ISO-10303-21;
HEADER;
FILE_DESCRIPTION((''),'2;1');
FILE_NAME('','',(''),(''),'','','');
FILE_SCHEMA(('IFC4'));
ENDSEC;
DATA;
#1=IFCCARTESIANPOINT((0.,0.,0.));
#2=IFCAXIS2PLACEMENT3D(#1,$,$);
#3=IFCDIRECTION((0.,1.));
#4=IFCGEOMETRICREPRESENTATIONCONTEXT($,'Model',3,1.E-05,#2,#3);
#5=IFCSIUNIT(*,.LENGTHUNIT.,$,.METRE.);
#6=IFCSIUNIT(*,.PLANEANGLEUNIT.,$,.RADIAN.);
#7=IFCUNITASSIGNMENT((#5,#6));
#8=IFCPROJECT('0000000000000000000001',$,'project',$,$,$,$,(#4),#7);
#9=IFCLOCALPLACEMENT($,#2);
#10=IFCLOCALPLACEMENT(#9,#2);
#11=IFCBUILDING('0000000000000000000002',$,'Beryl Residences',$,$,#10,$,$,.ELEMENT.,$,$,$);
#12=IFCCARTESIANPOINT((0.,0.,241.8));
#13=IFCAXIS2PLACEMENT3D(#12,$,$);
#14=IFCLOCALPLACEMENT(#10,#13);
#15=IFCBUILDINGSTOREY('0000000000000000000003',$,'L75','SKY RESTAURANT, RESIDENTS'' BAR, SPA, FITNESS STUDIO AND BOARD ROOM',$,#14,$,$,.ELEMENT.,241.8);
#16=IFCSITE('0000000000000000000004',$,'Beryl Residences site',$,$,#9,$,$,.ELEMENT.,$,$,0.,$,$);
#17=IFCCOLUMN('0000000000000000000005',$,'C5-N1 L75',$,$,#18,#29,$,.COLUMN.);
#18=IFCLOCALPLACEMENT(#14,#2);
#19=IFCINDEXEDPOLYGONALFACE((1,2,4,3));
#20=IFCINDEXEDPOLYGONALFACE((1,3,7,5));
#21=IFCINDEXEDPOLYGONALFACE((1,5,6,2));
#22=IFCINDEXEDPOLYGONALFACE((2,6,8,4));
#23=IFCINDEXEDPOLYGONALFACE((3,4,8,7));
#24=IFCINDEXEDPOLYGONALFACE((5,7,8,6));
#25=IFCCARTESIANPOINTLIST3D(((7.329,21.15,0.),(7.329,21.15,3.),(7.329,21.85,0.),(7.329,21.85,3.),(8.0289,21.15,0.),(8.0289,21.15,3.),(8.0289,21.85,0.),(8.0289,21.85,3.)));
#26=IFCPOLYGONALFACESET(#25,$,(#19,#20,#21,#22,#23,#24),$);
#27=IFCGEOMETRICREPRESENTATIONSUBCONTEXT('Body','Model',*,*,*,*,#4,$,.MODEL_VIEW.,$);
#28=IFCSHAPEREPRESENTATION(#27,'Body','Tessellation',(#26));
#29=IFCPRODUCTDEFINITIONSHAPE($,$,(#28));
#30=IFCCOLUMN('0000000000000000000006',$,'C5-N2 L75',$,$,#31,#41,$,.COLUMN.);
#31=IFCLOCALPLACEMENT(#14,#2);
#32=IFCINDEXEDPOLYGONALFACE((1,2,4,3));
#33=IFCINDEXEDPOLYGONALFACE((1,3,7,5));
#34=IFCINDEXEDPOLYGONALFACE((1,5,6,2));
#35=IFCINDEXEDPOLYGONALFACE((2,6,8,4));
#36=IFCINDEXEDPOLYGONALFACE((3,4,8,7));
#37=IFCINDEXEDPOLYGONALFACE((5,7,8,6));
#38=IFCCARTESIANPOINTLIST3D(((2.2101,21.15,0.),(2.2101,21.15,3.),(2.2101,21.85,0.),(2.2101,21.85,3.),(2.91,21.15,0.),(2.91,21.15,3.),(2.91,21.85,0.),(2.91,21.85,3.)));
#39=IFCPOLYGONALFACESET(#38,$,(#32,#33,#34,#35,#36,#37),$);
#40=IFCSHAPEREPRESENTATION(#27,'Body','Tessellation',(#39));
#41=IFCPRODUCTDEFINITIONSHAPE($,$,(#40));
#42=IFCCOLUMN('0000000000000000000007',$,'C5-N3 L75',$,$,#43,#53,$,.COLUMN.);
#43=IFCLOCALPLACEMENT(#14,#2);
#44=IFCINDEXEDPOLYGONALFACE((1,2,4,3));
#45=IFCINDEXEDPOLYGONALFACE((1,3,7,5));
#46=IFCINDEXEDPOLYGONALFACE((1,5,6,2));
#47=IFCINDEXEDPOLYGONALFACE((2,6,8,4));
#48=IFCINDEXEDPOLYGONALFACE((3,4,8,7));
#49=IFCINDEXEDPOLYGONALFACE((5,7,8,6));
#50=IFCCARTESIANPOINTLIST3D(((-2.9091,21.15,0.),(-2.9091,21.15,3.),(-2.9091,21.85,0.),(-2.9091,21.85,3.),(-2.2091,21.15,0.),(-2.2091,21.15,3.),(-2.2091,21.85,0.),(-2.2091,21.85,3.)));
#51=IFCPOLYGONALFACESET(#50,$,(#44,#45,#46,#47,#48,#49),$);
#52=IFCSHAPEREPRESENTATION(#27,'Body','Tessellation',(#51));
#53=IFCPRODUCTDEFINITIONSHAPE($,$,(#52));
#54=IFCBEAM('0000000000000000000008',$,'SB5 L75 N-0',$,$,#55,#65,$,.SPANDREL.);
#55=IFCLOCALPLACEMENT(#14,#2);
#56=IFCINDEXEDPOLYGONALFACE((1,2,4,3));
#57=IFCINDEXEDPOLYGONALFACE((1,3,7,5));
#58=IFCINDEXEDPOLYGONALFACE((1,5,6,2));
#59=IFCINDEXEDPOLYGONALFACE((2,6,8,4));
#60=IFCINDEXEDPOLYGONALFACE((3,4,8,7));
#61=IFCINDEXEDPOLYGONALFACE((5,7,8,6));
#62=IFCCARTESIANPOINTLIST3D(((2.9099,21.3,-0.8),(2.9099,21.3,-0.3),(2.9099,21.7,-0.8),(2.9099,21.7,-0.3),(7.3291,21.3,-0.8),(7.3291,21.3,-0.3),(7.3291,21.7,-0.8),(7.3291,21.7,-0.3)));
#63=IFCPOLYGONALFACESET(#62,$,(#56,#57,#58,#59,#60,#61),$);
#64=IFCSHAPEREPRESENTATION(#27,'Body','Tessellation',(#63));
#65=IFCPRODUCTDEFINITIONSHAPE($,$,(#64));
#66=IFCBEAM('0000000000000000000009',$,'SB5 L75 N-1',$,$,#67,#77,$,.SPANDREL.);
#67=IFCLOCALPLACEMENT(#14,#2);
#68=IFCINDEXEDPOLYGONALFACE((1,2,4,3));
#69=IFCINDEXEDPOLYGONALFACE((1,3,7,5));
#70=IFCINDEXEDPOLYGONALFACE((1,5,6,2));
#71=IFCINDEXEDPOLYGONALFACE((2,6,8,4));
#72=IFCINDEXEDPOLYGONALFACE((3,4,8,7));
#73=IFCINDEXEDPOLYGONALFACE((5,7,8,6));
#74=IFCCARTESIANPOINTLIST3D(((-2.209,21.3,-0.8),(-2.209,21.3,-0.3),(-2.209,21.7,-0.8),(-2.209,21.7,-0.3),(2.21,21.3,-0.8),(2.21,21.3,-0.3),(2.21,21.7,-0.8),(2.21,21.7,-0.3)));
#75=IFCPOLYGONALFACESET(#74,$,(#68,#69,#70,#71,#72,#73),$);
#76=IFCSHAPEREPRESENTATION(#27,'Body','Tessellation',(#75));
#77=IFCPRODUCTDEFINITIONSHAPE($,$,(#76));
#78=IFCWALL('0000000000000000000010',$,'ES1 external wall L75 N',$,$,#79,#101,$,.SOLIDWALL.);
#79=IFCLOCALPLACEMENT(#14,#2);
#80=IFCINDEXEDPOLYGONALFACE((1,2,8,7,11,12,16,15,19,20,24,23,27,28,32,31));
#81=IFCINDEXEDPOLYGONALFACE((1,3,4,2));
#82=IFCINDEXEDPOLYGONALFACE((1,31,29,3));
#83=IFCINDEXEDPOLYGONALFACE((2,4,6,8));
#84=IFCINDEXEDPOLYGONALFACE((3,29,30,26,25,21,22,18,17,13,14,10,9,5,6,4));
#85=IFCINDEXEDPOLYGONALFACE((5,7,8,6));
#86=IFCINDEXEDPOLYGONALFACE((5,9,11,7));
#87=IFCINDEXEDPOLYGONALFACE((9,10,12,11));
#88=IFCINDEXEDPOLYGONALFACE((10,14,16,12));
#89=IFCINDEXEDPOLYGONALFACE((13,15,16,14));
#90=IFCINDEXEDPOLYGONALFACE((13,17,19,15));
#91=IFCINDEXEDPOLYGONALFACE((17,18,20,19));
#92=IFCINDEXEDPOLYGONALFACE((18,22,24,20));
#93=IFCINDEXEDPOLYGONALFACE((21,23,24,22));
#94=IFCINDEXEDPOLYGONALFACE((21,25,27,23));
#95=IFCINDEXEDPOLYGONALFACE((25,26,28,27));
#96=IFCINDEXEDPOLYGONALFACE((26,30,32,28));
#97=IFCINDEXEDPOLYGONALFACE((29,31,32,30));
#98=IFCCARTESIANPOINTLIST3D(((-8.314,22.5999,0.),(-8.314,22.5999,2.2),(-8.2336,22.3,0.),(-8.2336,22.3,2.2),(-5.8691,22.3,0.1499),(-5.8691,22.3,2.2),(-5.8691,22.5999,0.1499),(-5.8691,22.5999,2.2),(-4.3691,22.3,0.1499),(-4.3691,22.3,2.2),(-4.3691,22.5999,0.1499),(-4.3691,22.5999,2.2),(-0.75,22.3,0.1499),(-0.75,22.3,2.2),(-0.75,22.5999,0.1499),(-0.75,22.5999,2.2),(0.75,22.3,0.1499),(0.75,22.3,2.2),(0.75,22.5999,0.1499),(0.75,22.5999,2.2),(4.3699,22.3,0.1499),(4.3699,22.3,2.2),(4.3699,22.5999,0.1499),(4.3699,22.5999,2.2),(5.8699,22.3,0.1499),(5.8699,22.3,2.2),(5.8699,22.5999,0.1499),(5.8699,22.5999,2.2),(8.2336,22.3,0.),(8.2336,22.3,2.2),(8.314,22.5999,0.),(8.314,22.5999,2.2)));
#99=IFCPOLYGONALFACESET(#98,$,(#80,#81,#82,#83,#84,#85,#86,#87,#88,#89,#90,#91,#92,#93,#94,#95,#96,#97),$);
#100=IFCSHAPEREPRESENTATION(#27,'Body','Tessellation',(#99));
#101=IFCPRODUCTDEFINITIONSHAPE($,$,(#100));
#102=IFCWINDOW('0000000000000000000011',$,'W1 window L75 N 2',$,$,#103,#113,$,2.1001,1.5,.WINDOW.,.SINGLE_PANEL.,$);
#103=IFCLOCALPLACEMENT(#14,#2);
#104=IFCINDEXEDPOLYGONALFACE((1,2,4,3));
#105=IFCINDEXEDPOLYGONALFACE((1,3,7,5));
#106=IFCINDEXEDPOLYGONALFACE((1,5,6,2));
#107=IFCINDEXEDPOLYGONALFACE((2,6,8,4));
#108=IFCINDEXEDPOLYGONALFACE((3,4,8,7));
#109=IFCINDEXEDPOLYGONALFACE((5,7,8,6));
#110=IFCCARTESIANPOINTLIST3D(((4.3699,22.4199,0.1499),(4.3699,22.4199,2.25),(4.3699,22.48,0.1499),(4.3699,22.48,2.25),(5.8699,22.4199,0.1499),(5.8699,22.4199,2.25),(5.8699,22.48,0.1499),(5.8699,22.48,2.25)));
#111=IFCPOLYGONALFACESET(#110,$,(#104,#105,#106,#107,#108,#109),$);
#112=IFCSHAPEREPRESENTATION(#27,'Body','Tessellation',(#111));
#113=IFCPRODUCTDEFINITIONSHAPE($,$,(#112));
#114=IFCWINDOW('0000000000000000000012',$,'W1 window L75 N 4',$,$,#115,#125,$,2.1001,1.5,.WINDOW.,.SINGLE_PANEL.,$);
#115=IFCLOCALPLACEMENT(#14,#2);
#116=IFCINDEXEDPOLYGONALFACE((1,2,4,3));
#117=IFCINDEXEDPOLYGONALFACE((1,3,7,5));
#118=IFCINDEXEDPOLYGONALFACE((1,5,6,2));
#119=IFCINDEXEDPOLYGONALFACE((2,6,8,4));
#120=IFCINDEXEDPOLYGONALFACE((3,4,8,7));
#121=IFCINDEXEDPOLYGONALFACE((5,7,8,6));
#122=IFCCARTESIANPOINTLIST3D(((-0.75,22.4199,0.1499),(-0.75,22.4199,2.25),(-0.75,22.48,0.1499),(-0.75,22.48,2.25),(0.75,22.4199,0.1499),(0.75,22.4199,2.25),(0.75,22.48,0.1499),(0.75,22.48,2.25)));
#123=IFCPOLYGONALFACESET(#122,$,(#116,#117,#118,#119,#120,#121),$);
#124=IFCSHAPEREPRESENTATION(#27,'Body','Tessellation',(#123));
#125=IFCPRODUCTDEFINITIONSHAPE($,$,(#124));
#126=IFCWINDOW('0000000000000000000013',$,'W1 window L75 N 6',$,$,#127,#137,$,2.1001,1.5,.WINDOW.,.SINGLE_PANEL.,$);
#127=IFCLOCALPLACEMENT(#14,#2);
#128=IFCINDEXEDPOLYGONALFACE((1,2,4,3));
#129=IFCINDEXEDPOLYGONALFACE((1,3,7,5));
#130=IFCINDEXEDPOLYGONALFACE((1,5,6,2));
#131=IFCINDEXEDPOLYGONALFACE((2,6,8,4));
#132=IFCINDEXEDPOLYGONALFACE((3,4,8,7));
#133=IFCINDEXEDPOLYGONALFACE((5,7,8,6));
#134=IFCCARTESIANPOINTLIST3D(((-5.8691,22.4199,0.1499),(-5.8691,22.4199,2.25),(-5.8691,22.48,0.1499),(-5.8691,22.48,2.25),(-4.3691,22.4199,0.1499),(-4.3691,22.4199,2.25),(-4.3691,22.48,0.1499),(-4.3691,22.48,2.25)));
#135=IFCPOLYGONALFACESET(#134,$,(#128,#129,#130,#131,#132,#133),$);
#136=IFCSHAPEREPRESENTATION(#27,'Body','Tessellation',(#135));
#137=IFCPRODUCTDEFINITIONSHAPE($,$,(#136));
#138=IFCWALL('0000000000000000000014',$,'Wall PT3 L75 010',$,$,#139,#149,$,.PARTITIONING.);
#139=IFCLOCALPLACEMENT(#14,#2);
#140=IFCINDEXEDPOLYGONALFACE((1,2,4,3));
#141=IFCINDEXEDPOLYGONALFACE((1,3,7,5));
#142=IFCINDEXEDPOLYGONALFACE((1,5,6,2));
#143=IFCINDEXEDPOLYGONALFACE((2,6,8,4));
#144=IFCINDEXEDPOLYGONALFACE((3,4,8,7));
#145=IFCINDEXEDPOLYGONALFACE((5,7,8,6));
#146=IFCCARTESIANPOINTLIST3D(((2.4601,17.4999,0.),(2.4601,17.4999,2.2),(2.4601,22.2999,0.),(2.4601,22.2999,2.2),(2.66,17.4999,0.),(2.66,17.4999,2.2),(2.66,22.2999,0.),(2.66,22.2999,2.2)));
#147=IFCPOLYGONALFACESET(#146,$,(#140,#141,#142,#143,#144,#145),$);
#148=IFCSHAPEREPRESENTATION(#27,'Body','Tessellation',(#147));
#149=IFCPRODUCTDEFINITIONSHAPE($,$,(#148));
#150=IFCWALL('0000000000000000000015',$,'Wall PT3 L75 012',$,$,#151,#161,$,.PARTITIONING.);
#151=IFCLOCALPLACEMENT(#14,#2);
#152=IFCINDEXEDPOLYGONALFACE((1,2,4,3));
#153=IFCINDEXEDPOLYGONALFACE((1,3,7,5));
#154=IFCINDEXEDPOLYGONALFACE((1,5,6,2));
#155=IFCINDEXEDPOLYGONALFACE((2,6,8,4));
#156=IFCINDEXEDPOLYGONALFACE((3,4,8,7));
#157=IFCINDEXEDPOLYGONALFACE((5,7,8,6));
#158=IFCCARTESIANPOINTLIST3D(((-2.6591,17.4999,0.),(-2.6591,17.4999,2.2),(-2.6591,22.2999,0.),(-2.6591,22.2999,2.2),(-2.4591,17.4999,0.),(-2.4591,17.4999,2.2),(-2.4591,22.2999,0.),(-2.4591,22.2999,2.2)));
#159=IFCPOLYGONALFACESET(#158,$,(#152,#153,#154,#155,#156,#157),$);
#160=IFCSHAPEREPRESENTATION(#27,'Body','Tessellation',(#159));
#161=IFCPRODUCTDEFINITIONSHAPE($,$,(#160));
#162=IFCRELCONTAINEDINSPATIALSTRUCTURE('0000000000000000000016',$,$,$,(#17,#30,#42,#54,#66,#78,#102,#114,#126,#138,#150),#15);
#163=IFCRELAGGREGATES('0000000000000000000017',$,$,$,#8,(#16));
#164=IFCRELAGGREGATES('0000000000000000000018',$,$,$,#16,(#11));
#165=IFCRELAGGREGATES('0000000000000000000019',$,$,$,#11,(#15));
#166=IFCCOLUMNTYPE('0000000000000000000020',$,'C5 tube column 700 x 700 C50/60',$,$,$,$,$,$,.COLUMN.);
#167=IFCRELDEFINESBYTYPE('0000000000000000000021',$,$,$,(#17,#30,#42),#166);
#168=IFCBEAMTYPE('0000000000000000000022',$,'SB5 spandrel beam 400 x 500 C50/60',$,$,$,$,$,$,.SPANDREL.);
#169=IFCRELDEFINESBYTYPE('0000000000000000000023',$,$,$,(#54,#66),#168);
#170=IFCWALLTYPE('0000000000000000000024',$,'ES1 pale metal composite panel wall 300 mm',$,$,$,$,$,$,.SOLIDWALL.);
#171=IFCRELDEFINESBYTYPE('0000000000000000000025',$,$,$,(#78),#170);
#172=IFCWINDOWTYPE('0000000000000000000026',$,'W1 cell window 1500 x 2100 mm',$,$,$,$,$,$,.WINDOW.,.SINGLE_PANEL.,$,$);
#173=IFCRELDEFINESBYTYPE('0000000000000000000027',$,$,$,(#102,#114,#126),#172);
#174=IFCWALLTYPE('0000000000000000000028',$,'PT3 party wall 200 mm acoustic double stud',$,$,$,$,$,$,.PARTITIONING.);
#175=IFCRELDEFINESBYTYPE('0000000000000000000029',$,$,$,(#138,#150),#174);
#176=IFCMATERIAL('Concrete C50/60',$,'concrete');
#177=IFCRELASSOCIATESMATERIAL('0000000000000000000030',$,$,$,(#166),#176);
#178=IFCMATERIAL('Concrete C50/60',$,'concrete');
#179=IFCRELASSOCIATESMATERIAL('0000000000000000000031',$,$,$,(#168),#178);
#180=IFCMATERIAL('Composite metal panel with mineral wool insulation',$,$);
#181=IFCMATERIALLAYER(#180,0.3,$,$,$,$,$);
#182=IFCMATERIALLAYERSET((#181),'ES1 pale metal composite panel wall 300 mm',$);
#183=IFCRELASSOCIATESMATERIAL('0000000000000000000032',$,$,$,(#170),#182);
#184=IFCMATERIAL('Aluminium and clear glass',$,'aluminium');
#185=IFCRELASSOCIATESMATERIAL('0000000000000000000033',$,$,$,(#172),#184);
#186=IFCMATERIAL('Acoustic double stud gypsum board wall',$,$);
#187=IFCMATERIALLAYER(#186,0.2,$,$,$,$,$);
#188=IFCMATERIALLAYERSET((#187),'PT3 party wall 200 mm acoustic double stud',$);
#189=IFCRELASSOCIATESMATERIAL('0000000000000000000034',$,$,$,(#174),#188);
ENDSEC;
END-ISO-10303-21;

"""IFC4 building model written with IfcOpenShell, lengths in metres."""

from ifc_helpers import new_model, si_unit, direction, frame, frame_2d, origin, origin_2d, place, context, subcontext, project, spatial, polyline, rectangle, outline, extrude, material, layer, layer_set, material_profile, profile_set, type_object, element, fill, save


model = new_model("IFC4")

# Units and contexts
model_context = context("Model", 3, precision=1e-05, world=origin(), true_north=direction((0.0, 1.0)))
body_context = subcontext(model_context, "Body", "Model", "MODEL_VIEW")
ifc_project = project(units=[si_unit("LENGTHUNIT", "METRE"), si_unit("PLANEANGLEUNIT", "RADIAN")], contexts=[model_context])

# Site, building, storey
site_placement = place(None, origin())
site = spatial("IfcSite", under=ifc_project, at=site_placement, Name="Beryl Residences site", CompositionType="ELEMENT", RefElevation=0.0)
building_placement = place(site_placement, origin())
building = spatial("IfcBuilding", under=site, at=building_placement, Name="Beryl Residences", CompositionType="ELEMENT")
storey_placement = place(building_placement, frame((0.0, 0.0, 241.8)))
storey = spatial("IfcBuildingStorey", under=building, at=storey_placement, Name="L75", Description="SKY RESTAURANT, RESIDENTS' BAR, SPA, FITNESS STUDIO AND BOARD ROOM", CompositionType="ELEMENT", Elevation=241.8)

# Columns
ifc_material_1 = material(Name="Concrete C50/60", Category="concrete")
ifc_material_profile_1 = material_profile(ifc_material_1, rectangle(XDim=0.7, YDim=0.7, at=origin_2d()))
ifc_profile_set_1 = profile_set([ifc_material_profile_1], Name="Concrete C50/60")
column_type = type_object("IfcColumnType", Name="C5 tube column 700 x 700 C50/60", PredefinedType="COLUMN", material=ifc_profile_set_1)
for number, where, z_axis, x_axis, name in (
    (1, (7.679, 21.5, 0.0), (0.0, 0.0, 1.0), (-1.0, 0.0, 0.0), "C5-N1 L75"),
    (2, (2.5601, 21.5, 0.0), (0.0, 0.0, 1.0), (-1.0, 0.0, 0.0), "C5-N2 L75"),
    (3, (-2.5591, 21.5, 0.0), (0.0, 0.0, 1.0), (-1.0, 0.0, 0.0), "C5-N3 L75"),
):
    element("IfcColumn", number, at=place(storey_placement, frame(where, z_axis=z_axis, x_axis=x_axis)), inside=storey, type_object=column_type, Name=name, PredefinedType="COLUMN", context=body_context, shape_type="SweptSolid", body=[
        extrude(rectangle(XDim=0.7, YDim=0.7, at=origin_2d()), origin(), (0.0, 0.0, 1.0), 3.0),
    ])

# Beams
ifc_material_2 = material(Name="Concrete C50/60", Category="concrete")
ifc_material_profile_2 = material_profile(ifc_material_2, rectangle(XDim=0.3999, YDim=0.5, at=origin_2d()))
ifc_profile_set_2 = profile_set([ifc_material_profile_2], Name="Concrete C50/60")
beam_type = type_object("IfcBeamType", Name="SB5 spandrel beam 400 x 500 C50/60", PredefinedType="SPANDREL", material=ifc_profile_set_2)
beam_1_placement = place(storey_placement, frame((7.3291, 21.5, -0.55), z_axis=(-1.0, 0.0, 0.0), x_axis=(0.0, -1.0, 0.0)))
element("IfcBeam", 4, at=beam_1_placement, inside=storey, type_object=beam_type, Name="SB5 L75 N-0", PredefinedType="SPANDREL", context=body_context, shape_type="SweptSolid", body=[
    extrude(rectangle(XDim=0.3999, YDim=0.5, at=origin_2d()), origin(), (0.0, 0.0, 1.0), 4.4192),
])
beam_2_placement = place(storey_placement, frame((2.21, 21.5, -0.55), z_axis=(-1.0, 0.0, 0.0), x_axis=(0.0, -1.0, 0.0)))
element("IfcBeam", 5, at=beam_2_placement, inside=storey, type_object=beam_type, Name="SB5 L75 N-1", PredefinedType="SPANDREL", context=body_context, shape_type="SweptSolid", body=[
    extrude(rectangle(XDim=0.3999, YDim=0.5, at=origin_2d()), origin(), (0.0, 0.0, 1.0), 4.4189),
])

# Wall, openings, windows
ifc_material_3 = material(Name="Composite metal panel with mineral wool insulation")
ifc_layer_1 = layer(ifc_material_3, 0.3)
ifc_layer_set_1 = layer_set([ifc_layer_1], Name="ES1 pale metal composite panel wall 300 mm")
wall_type_1 = type_object("IfcWallType", Name="ES1 pale metal composite panel wall 300 mm", PredefinedType="SOLIDWALL", material=ifc_layer_set_1)
wall_1_placement = place(storey_placement, frame((8.314, 22.45, 0.0), z_axis=(0.0, 0.0, 1.0), x_axis=(-1.0, 0.0, 0.0)))
wall_1 = element("IfcWall", 6, at=wall_1_placement, inside=storey, type_object=wall_type_1, Name="ES1 external wall L75 N", PredefinedType="SOLIDWALL", context=body_context, shape_type="SweptSolid", body=[
    extrude(outline(polyline([(0.0, -0.1499), (16.6279, -0.1499), (16.5476, 0.1499), (0.0803, 0.1499), (0.0, -0.1499)])), origin(), (0.0, 0.0, 1.0), 2.2),
])
opening_1_placement = place(wall_1_placement, frame((2.4441, 0.0, 0.1499)))
opening_1 = element("IfcOpeningElement", 7, at=opening_1_placement, cuts=wall_1, PredefinedType="OPENING", context=body_context, shape_type="SweptSolid", body=[
    extrude(rectangle(XDim=1.5, YDim=2.1001, at=frame_2d((0.75, 1.05))), frame((0.0, 0.1599, 0.0), z_axis=(0.0, -1.0, 0.0), x_axis=(1.0, 0.0, 0.0)), (0.0, 0.0, 1.0), 0.3201),
])
opening_2_placement = place(wall_1_placement, frame((7.564, 0.0, 0.1499)))
opening_2 = element("IfcOpeningElement", 8, at=opening_2_placement, cuts=wall_1, PredefinedType="OPENING", context=body_context, shape_type="SweptSolid", body=[
    extrude(rectangle(XDim=1.5, YDim=2.1001, at=frame_2d((0.75, 1.05))), frame((0.0, 0.1599, 0.0), z_axis=(0.0, -1.0, 0.0), x_axis=(1.0, 0.0, 0.0)), (0.0, 0.0, 1.0), 0.3201),
])
opening_3_placement = place(wall_1_placement, frame((12.6831, 0.0, 0.1499)))
opening_3 = element("IfcOpeningElement", 9, at=opening_3_placement, cuts=wall_1, PredefinedType="OPENING", context=body_context, shape_type="SweptSolid", body=[
    extrude(rectangle(XDim=1.5, YDim=2.1001, at=frame_2d((0.75, 1.05))), frame((0.0, 0.1599, 0.0), z_axis=(0.0, -1.0, 0.0), x_axis=(1.0, 0.0, 0.0)), (0.0, 0.0, 1.0), 0.3201),
])
ifc_material_4 = material(Name="Aluminium and clear glass", Category="aluminium")
window_type = type_object("IfcWindowType", Name="W1 cell window 1500 x 2100 mm", PartitioningType="SINGLE_PANEL", PredefinedType="WINDOW", material=ifc_material_4)
window_1_placement = place(opening_1_placement, origin())
window_1 = element("IfcWindow", 10, at=window_1_placement, inside=storey, type_object=window_type, Name="W1 window L75 N 2", OverallHeight=2.1001, OverallWidth=1.5, PartitioningType="SINGLE_PANEL", PredefinedType="WINDOW", context=body_context, shape_type="SweptSolid", body=[
    extrude(rectangle(XDim=1.5, YDim=2.1001, at=frame_2d((0.75, 1.05))), frame((0.0, 0.03, 0.0), z_axis=(0.0, -1.0, 0.0), x_axis=(1.0, 0.0, 0.0)), (0.0, 0.0, 1.0), 0.0601),
])
fill(opening_1, window_1)
window_2_placement = place(opening_2_placement, origin())
window_2 = element("IfcWindow", 11, at=window_2_placement, inside=storey, type_object=window_type, Name="W1 window L75 N 4", OverallHeight=2.1001, OverallWidth=1.5, PartitioningType="SINGLE_PANEL", PredefinedType="WINDOW", context=body_context, shape_type="SweptSolid", body=[
    extrude(rectangle(XDim=1.5, YDim=2.1001, at=frame_2d((0.75, 1.05))), frame((0.0, 0.03, 0.0), z_axis=(0.0, -1.0, 0.0), x_axis=(1.0, 0.0, 0.0)), (0.0, 0.0, 1.0), 0.0601),
])
fill(opening_2, window_2)
window_3_placement = place(opening_3_placement, origin())
window_3 = element("IfcWindow", 12, at=window_3_placement, inside=storey, type_object=window_type, Name="W1 window L75 N 6", OverallHeight=2.1001, OverallWidth=1.5, PartitioningType="SINGLE_PANEL", PredefinedType="WINDOW", context=body_context, shape_type="SweptSolid", body=[
    extrude(rectangle(XDim=1.5, YDim=2.1001, at=frame_2d((0.75, 1.05))), frame((0.0, 0.03, 0.0), z_axis=(0.0, -1.0, 0.0), x_axis=(1.0, 0.0, 0.0)), (0.0, 0.0, 1.0), 0.0601),
])
fill(opening_3, window_3)

# Walls
ifc_material_5 = material(Name="Acoustic double stud gypsum board wall")
ifc_layer_2 = layer(ifc_material_5, 0.2)
ifc_layer_set_2 = layer_set([ifc_layer_2], Name="PT3 party wall 200 mm acoustic double stud")
wall_type_2 = type_object("IfcWallType", Name="PT3 party wall 200 mm acoustic double stud", PredefinedType="PARTITIONING", material=ifc_layer_set_2)
for number, where, z_axis, x_axis, name in (
    (13, (2.5601, 17.5, 0.0), (0.0, 0.0, 1.0), (0.0, 1.0, 0.0), "Wall PT3 L75 010"),
    (14, (-2.5591, 17.5, 0.0), (0.0, 0.0, 1.0), (0.0, 1.0, 0.0), "Wall PT3 L75 012"),
):
    element("IfcWall", number, at=place(storey_placement, frame(where, z_axis=z_axis, x_axis=x_axis)), inside=storey, type_object=wall_type_2, Name=name, PredefinedType="PARTITIONING", context=body_context, shape_type="SweptSolid", body=[
        extrude(rectangle(XDim=4.8, YDim=0.2, at=frame_2d((2.3999, 0.0))), origin(), (0.0, 0.0, 1.0), 2.2),
    ])

save(model, "model.ifc")
